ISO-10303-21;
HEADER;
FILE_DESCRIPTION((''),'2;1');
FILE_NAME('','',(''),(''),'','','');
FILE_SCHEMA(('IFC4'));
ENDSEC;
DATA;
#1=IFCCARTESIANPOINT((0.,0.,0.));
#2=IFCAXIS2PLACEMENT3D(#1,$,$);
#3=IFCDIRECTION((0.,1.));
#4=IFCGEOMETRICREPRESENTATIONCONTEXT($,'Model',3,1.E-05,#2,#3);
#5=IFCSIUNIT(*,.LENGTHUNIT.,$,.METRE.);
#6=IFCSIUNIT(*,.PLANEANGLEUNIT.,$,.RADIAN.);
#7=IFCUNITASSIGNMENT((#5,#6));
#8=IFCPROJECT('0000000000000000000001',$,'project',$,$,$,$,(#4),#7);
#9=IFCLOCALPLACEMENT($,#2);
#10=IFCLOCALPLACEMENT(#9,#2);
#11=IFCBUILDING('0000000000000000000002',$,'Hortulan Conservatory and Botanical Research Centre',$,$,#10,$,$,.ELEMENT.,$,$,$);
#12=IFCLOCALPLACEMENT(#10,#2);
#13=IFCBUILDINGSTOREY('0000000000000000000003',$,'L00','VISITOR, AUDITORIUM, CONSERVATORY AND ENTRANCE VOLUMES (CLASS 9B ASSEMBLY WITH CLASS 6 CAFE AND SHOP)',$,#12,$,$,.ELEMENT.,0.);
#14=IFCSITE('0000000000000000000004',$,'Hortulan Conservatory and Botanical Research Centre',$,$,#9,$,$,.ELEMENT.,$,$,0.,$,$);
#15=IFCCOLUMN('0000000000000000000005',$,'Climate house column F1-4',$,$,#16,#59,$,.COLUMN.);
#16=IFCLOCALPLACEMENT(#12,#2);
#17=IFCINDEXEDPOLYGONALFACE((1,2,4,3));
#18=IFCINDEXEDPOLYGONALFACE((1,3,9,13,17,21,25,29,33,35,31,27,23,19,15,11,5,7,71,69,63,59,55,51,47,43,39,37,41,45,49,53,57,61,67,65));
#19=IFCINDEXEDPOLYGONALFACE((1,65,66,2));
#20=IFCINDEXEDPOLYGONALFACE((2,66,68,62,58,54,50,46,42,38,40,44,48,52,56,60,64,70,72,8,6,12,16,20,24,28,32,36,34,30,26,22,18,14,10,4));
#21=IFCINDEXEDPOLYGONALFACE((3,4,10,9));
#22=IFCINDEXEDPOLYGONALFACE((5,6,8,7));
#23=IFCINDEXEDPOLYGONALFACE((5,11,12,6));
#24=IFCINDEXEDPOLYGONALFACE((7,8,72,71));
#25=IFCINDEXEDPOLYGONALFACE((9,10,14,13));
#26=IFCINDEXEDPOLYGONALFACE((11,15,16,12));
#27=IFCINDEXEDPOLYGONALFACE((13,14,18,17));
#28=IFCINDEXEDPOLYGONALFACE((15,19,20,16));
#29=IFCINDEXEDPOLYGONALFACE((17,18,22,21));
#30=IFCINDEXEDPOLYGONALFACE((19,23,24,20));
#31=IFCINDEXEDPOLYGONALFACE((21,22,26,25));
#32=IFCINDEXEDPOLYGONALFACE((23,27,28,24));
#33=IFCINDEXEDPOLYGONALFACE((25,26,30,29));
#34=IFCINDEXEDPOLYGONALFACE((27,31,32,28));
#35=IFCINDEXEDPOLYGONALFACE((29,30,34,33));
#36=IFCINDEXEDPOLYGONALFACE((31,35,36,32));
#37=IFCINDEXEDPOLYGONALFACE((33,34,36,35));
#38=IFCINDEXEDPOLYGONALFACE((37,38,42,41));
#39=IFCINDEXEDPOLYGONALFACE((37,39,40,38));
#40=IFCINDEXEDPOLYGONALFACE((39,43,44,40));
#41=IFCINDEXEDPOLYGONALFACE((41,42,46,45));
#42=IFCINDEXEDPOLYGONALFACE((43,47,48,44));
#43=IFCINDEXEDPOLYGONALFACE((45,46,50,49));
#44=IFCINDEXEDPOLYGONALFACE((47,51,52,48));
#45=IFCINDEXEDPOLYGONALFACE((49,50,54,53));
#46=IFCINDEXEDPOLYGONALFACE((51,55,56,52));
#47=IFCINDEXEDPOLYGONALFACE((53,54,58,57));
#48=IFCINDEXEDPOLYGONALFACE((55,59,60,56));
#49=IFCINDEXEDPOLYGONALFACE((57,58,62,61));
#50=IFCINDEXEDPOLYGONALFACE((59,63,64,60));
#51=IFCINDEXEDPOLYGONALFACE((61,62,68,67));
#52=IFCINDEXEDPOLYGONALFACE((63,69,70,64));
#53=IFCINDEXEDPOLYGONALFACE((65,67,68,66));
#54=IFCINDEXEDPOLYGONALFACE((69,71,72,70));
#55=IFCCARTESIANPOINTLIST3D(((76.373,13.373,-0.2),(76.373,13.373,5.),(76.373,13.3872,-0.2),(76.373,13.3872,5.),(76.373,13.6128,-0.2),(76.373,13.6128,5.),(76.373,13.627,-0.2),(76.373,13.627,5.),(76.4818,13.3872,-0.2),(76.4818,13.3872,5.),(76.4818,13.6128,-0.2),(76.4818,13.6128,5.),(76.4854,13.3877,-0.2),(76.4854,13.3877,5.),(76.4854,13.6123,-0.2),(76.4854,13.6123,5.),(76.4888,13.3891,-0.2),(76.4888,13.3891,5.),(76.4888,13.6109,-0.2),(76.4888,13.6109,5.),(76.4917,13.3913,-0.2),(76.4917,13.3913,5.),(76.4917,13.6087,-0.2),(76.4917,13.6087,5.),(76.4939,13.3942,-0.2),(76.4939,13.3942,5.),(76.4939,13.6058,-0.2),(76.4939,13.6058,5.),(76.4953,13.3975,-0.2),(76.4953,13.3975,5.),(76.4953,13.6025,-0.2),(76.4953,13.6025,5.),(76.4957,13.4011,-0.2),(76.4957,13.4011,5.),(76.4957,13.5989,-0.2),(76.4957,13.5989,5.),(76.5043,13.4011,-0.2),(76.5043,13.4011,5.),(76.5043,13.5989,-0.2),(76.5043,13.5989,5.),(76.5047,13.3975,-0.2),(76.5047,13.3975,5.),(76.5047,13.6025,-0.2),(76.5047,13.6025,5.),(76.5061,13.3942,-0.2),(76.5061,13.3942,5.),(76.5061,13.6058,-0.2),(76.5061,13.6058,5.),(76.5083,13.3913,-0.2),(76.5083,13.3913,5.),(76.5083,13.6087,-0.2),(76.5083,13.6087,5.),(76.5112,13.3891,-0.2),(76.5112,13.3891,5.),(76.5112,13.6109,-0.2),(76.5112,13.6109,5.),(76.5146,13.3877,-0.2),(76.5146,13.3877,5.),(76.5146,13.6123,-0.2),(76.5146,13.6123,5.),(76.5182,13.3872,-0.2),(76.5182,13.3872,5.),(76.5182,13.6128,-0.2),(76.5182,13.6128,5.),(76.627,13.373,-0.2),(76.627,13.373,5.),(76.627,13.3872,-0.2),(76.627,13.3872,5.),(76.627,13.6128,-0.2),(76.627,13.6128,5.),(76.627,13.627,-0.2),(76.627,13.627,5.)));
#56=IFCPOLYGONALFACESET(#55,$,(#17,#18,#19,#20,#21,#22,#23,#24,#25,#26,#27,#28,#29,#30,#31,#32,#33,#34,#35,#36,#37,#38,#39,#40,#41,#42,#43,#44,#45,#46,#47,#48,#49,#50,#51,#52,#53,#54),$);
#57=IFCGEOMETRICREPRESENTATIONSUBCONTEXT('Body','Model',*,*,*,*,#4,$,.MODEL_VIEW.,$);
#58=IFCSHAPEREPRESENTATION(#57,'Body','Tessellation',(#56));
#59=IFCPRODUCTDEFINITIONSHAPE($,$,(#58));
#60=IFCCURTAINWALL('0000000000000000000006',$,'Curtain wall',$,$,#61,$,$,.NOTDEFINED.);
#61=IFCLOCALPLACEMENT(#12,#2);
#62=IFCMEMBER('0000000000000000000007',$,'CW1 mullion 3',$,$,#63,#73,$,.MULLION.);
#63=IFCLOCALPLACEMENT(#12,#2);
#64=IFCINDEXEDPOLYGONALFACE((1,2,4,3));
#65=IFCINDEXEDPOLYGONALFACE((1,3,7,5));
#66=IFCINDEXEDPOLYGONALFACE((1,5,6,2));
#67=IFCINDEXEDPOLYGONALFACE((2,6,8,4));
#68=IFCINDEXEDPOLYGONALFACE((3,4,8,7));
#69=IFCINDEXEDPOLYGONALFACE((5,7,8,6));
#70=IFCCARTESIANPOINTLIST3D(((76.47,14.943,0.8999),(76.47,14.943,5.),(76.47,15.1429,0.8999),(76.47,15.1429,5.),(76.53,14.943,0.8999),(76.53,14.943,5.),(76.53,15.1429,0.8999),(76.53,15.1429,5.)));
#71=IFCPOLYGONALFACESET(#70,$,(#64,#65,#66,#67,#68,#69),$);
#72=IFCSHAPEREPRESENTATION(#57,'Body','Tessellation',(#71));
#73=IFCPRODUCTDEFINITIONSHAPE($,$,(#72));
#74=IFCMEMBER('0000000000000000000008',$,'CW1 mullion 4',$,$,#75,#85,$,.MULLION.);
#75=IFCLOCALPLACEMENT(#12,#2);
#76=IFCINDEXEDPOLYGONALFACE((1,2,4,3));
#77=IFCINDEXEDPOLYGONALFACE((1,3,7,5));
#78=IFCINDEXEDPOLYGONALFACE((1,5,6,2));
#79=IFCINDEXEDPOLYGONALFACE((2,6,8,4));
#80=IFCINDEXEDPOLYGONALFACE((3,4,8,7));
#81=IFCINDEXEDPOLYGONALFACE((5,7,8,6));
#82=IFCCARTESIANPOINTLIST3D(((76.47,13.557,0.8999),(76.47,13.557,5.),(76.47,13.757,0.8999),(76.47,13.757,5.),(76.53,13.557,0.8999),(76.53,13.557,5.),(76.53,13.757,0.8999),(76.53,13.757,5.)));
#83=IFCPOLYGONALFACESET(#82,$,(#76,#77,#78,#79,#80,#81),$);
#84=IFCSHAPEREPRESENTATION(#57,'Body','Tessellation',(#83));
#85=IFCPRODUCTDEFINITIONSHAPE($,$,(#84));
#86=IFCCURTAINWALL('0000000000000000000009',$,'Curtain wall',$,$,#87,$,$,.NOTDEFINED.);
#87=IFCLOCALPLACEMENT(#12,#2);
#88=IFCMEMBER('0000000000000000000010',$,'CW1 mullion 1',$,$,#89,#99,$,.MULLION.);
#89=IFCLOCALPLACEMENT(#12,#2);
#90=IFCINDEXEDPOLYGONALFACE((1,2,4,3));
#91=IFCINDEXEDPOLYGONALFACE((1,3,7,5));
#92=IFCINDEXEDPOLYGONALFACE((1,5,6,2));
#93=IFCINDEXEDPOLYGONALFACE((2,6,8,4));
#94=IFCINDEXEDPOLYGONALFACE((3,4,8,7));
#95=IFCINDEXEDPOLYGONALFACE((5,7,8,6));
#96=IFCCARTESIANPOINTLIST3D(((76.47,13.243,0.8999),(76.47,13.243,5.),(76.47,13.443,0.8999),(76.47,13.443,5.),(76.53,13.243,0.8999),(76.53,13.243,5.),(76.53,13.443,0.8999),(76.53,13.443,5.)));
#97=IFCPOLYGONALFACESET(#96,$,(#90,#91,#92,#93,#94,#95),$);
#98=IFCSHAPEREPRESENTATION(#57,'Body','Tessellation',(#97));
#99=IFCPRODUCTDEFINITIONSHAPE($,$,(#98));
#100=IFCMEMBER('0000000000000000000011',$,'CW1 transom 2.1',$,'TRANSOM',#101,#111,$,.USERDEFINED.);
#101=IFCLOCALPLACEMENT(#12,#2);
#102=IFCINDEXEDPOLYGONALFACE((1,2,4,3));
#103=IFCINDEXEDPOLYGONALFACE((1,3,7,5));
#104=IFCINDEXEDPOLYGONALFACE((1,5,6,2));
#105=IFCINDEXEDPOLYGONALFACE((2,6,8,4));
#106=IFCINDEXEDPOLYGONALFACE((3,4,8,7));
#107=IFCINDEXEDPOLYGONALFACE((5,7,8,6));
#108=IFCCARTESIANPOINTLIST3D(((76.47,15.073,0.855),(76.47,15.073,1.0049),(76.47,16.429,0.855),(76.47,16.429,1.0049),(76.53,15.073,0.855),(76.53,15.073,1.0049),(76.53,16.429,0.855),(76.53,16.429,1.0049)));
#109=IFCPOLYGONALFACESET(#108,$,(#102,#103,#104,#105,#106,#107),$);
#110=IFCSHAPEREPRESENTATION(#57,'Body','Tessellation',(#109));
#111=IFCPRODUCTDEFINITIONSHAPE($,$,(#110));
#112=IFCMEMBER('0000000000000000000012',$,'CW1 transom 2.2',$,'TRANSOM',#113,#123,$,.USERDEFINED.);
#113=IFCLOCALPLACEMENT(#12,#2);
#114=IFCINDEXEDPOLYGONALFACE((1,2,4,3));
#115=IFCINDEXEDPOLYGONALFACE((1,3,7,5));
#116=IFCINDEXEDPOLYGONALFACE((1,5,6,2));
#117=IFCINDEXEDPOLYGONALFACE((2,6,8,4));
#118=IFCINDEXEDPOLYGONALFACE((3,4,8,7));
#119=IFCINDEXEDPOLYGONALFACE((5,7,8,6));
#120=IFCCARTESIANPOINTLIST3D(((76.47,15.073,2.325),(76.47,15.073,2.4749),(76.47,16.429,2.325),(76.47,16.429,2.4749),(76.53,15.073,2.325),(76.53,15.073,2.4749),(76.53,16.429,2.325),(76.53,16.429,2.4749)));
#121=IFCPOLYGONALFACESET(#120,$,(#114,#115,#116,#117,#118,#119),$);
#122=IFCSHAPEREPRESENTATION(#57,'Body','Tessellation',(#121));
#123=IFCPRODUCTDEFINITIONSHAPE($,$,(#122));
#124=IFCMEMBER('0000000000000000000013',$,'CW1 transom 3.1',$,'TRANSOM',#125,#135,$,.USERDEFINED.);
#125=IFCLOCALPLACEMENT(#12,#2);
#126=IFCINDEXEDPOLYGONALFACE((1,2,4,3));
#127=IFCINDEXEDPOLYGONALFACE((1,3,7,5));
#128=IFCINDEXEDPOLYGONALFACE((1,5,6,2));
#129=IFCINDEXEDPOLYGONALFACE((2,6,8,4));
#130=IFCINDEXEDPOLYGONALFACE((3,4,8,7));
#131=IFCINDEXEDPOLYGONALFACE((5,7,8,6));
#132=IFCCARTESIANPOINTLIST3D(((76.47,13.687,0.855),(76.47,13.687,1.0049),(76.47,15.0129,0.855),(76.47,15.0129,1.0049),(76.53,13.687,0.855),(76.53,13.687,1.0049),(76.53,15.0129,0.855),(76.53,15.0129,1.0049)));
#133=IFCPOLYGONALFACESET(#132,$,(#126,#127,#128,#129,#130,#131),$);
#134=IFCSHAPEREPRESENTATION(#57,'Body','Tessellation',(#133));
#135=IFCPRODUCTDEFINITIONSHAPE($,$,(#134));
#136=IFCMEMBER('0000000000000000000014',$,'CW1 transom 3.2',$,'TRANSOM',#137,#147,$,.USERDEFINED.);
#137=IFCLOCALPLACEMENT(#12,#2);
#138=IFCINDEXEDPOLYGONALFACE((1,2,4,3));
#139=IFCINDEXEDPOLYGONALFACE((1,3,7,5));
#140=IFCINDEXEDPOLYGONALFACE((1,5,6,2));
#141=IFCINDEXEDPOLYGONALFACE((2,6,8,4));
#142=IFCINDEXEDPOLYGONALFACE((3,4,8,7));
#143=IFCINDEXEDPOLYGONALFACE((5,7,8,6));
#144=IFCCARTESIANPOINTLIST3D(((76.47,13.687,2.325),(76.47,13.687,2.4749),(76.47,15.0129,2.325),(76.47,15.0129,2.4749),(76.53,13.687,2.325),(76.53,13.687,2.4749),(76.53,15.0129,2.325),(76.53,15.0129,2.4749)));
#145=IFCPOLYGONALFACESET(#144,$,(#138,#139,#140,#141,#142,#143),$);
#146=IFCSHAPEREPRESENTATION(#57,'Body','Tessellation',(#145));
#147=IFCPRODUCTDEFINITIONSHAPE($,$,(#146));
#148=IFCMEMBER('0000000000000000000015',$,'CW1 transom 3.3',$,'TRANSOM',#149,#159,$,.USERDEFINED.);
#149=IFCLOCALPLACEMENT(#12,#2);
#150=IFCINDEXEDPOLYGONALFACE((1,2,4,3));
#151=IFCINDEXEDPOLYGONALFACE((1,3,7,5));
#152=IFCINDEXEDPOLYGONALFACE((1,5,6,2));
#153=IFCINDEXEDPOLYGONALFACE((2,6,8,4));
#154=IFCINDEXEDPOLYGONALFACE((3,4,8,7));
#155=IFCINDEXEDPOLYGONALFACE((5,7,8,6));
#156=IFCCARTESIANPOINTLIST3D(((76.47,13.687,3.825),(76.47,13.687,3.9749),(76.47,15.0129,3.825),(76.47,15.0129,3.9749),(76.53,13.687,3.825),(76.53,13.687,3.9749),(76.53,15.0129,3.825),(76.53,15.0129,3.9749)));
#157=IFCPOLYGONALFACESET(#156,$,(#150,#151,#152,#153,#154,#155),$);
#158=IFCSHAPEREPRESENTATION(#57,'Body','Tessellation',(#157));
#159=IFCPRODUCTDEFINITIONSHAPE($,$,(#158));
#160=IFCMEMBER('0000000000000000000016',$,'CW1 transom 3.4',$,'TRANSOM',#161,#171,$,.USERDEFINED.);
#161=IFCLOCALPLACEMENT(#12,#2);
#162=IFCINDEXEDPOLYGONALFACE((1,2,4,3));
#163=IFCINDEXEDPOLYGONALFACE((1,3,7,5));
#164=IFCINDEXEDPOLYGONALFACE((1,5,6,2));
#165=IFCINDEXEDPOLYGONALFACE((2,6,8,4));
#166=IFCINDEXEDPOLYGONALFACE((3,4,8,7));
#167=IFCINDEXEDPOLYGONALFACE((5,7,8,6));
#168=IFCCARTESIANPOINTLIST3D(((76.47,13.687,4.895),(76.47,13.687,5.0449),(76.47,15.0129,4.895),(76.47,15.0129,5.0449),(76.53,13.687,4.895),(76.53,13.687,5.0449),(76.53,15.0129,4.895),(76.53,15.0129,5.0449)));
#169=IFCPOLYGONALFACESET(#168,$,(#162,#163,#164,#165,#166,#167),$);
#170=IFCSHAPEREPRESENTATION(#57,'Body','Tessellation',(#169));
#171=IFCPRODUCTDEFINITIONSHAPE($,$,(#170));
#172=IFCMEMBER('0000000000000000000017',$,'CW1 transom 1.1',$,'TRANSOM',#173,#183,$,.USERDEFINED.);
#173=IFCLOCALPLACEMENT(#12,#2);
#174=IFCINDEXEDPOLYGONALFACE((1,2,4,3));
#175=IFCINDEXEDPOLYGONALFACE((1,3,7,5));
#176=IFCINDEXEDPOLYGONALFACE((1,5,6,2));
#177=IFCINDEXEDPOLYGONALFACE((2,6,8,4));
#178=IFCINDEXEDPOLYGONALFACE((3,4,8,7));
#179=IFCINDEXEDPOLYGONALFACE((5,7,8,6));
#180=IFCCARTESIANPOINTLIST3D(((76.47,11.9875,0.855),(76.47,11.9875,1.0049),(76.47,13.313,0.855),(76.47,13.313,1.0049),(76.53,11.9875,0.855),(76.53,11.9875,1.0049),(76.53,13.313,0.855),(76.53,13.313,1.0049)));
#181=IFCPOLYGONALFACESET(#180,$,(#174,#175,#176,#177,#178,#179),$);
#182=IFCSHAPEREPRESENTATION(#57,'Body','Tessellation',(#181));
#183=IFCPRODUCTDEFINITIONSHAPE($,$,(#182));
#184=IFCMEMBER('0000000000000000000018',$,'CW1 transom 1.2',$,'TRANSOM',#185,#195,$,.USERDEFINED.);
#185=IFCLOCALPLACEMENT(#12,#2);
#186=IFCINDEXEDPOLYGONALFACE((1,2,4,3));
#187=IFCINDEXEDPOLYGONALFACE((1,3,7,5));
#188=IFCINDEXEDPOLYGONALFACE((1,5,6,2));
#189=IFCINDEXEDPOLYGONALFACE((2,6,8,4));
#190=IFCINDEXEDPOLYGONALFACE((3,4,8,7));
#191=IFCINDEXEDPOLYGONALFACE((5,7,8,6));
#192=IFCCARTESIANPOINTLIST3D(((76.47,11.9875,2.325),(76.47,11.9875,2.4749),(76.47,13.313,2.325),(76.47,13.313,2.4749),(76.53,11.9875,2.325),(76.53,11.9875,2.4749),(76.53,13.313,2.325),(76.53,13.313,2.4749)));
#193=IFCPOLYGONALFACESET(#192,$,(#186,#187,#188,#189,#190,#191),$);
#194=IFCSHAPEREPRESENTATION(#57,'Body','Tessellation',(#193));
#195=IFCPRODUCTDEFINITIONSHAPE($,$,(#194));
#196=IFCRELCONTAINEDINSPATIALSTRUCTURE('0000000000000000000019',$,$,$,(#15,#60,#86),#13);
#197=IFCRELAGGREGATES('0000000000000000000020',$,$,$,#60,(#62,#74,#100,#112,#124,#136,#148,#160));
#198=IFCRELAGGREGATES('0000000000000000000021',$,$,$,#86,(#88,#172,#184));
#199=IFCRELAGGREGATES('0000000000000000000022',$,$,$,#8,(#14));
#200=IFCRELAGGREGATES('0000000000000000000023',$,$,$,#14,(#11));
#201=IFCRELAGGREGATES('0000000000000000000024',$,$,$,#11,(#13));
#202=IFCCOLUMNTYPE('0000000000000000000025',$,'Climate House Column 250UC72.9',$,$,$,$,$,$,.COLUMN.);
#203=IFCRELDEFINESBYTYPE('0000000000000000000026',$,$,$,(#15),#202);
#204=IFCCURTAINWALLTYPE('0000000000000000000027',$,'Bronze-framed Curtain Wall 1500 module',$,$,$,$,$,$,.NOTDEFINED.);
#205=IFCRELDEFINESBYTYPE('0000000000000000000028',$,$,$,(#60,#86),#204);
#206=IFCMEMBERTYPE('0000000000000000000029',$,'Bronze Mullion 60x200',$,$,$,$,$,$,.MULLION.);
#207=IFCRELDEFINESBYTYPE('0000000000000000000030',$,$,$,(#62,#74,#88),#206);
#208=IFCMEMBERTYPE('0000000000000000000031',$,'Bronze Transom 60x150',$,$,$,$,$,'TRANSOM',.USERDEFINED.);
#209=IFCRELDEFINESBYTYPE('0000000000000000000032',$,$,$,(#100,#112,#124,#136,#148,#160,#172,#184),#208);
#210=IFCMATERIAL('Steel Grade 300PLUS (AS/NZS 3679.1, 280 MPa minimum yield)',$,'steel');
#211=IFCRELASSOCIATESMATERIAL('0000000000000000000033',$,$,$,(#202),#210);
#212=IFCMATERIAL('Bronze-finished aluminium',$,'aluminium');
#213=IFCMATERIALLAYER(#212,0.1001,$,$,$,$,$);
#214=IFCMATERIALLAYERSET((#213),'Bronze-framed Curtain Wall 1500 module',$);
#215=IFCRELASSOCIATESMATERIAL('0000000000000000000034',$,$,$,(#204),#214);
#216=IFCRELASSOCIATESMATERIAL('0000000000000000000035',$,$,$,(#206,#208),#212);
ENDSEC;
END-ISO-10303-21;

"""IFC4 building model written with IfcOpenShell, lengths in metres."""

from ifc_helpers import new_model, si_unit, direction, frame, origin, origin_2d, place, context, subcontext, project, spatial, rectangle, i_section, extrude, material, layer, layer_set, material_profile, profile_set, type_object, element, aggregate, save


model = new_model("IFC4")

# Units and contexts
model_context = context("Model", 3, precision=1e-05, world=origin(), true_north=direction((0.0, 1.0)))
body_context = subcontext(model_context, "Body", "Model", "MODEL_VIEW")
ifc_project = project(units=[si_unit("LENGTHUNIT", "METRE"), si_unit("PLANEANGLEUNIT", "RADIAN")], contexts=[model_context])

# Site, building, storey
site_placement = place(None, origin())
site = spatial("IfcSite", under=ifc_project, at=site_placement, Name="Hortulan Conservatory and Botanical Research Centre", CompositionType="ELEMENT", RefElevation=0.0)
building_placement = place(site_placement, origin())
building = spatial("IfcBuilding", under=site, at=building_placement, Name="Hortulan Conservatory and Botanical Research Centre", CompositionType="ELEMENT")
storey_placement = place(building_placement, origin())
storey = spatial("IfcBuildingStorey", under=building, at=storey_placement, Name="L00", Description="VISITOR, AUDITORIUM, CONSERVATORY AND ENTRANCE VOLUMES (CLASS 9B ASSEMBLY WITH CLASS 6 CAFE AND SHOP)", CompositionType="ELEMENT", Elevation=0.0)

# Column
ifc_material_1 = material(Name="Steel Grade 300PLUS (AS/NZS 3679.1, 280 MPa minimum yield)", Category="steel")
ifc_material_profile_1 = material_profile(ifc_material_1, i_section(OverallWidth=0.2539, OverallDepth=0.2539, WebThickness=0.0085, FlangeThickness=0.0142, FilletRadius=0.0139, at=origin_2d()), Name="250UC72.9")
ifc_profile_set_1 = profile_set([ifc_material_profile_1], Name="Steel Grade 300PLUS (AS/NZS 3679.1, 280 MPa minimum yield)")
column_type = type_object("IfcColumnType", Name="Climate House Column 250UC72.9", PredefinedType="COLUMN", material=ifc_profile_set_1)
column_placement = place(storey_placement, frame((76.5, 13.5, -0.2), z_axis=(0.0, 0.0, 1.0), x_axis=(1.0, 0.0, 0.0)))
element("IfcColumn", 1, at=column_placement, inside=storey, type_object=column_type, Name="Climate house column F1-4", PredefinedType="COLUMN", context=body_context, shape_type="SweptSolid", body=[
    extrude(i_section(OverallWidth=0.2539, OverallDepth=0.2539, WebThickness=0.0085, FlangeThickness=0.0142, FilletRadius=0.0139, at=origin_2d()), origin(), (0.0, 0.0, 1.0), 5.2),
])

# Curtain wall, members
ifc_material_2 = material(Name="Bronze-finished aluminium", Category="aluminium")
ifc_layer_1 = layer(ifc_material_2, 0.1001)
ifc_layer_set_1 = layer_set([ifc_layer_1], Name="Bronze-framed Curtain Wall 1500 module")
curtain_wall_type = type_object("IfcCurtainWallType", Name="Bronze-framed Curtain Wall 1500 module", PredefinedType="NOTDEFINED", material=ifc_layer_set_1)
curtain_wall_1_placement = place(storey_placement, origin())
curtain_wall_1 = element("IfcCurtainWall", 2, at=curtain_wall_1_placement, inside=storey, type_object=curtain_wall_type, Name="Curtain wall", PredefinedType="NOTDEFINED")
ifc_material_profile_2 = material_profile(ifc_material_2, rectangle(XDim=0.0601, YDim=0.2, at=origin_2d()), Name="Bronze Mullion 60x200")
ifc_profile_set_2 = profile_set([ifc_material_profile_2], Name="Bronze-finished aluminium")
member_type_1 = type_object("IfcMemberType", Name="Bronze Mullion 60x200", PredefinedType="MULLION", material=ifc_profile_set_2)
member_1_placement = place(storey_placement, frame((76.5, 15.043, 0.8999), z_axis=(0.0, 0.0, 1.0), x_axis=(1.0, 0.0, 0.0)))
member_1 = element("IfcMember", 3, at=member_1_placement, type_object=member_type_1, Name="CW1 mullion 3", PredefinedType="MULLION", context=body_context, shape_type="SweptSolid", body=[
    extrude(rectangle(XDim=0.0601, YDim=0.2, at=origin_2d()), origin(), (0.0, 0.0, 1.0), 4.1001),
])
member_2_placement = place(storey_placement, frame((76.5, 13.657, 0.8999), z_axis=(0.0, 0.0, 1.0), x_axis=(1.0, 0.0, 0.0)))
member_2 = element("IfcMember", 4, at=member_2_placement, type_object=member_type_1, Name="CW1 mullion 4", PredefinedType="MULLION", context=body_context, shape_type="SweptSolid", body=[
    extrude(rectangle(XDim=0.0601, YDim=0.2, at=origin_2d()), origin(), (0.0, 0.0, 1.0), 4.1001),
])

# Curtain wall, member
curtain_wall_2_placement = place(storey_placement, origin())
curtain_wall_2 = element("IfcCurtainWall", 5, at=curtain_wall_2_placement, inside=storey, type_object=curtain_wall_type, Name="Curtain wall", PredefinedType="NOTDEFINED")
member_3_placement = place(storey_placement, frame((76.5, 13.343, 0.8999), z_axis=(0.0, 0.0, 1.0), x_axis=(1.0, 0.0, 0.0)))
member_3 = element("IfcMember", 6, at=member_3_placement, type_object=member_type_1, Name="CW1 mullion 1", PredefinedType="MULLION", context=body_context, shape_type="SweptSolid", body=[
    extrude(rectangle(XDim=0.0601, YDim=0.2, at=origin_2d()), origin(), (0.0, 0.0, 1.0), 4.1001),
])

# Members
ifc_material_profile_3 = material_profile(ifc_material_2, rectangle(XDim=0.0601, YDim=0.1499, at=origin_2d()), Name="Bronze Transom 60x150")
ifc_profile_set_3 = profile_set([ifc_material_profile_3], Name="Bronze-finished aluminium")
member_type_2 = type_object("IfcMemberType", Name="Bronze Transom 60x150", ElementType="TRANSOM", PredefinedType="USERDEFINED", material=ifc_profile_set_3)
member_4_placement = place(storey_placement, frame((76.5, 16.429, 0.9299), z_axis=(0.0, -1.0, 0.0), x_axis=(1.0, 0.0, 0.0)))
member_4 = element("IfcMember", 7, at=member_4_placement, type_object=member_type_2, Name="CW1 transom 2.1", ObjectType="TRANSOM", PredefinedType="USERDEFINED", context=body_context, shape_type="SweptSolid", body=[
    extrude(rectangle(XDim=0.0601, YDim=0.1499, at=origin_2d()), origin(), (0.0, 0.0, 1.0), 1.356),
])
member_5_placement = place(storey_placement, frame((76.5, 16.429, 2.3999), z_axis=(0.0, -1.0, 0.0), x_axis=(1.0, 0.0, 0.0)))
member_5 = element("IfcMember", 8, at=member_5_placement, type_object=member_type_2, Name="CW1 transom 2.2", ObjectType="TRANSOM", PredefinedType="USERDEFINED", context=body_context, shape_type="SweptSolid", body=[
    extrude(rectangle(XDim=0.0601, YDim=0.1499, at=origin_2d()), origin(), (0.0, 0.0, 1.0), 1.356),
])
member_6_placement = place(storey_placement, frame((76.5, 15.0129, 0.9299), z_axis=(0.0, -1.0, 0.0), x_axis=(1.0, 0.0, 0.0)))
member_6 = element("IfcMember", 9, at=member_6_placement, type_object=member_type_2, Name="CW1 transom 3.1", ObjectType="TRANSOM", PredefinedType="USERDEFINED", context=body_context, shape_type="SweptSolid", body=[
    extrude(rectangle(XDim=0.0601, YDim=0.1499, at=origin_2d()), origin(), (0.0, 0.0, 1.0), 1.3259),
])
member_7_placement = place(storey_placement, frame((76.5, 15.0129, 2.3999), z_axis=(0.0, -1.0, 0.0), x_axis=(1.0, 0.0, 0.0)))
member_7 = element("IfcMember", 10, at=member_7_placement, type_object=member_type_2, Name="CW1 transom 3.2", ObjectType="TRANSOM", PredefinedType="USERDEFINED", context=body_context, shape_type="SweptSolid", body=[
    extrude(rectangle(XDim=0.0601, YDim=0.1499, at=origin_2d()), origin(), (0.0, 0.0, 1.0), 1.3259),
])
member_8_placement = place(storey_placement, frame((76.5, 15.0129, 3.8999), z_axis=(0.0, -1.0, 0.0), x_axis=(1.0, 0.0, 0.0)))
member_8 = element("IfcMember", 11, at=member_8_placement, type_object=member_type_2, Name="CW1 transom 3.3", ObjectType="TRANSOM", PredefinedType="USERDEFINED", context=body_context, shape_type="SweptSolid", body=[
    extrude(rectangle(XDim=0.0601, YDim=0.1499, at=origin_2d()), origin(), (0.0, 0.0, 1.0), 1.3259),
])
member_9_placement = place(storey_placement, frame((76.5, 15.0129, 4.97), z_axis=(0.0, -1.0, 0.0), x_axis=(1.0, 0.0, 0.0)))
member_9 = element("IfcMember", 12, at=member_9_placement, type_object=member_type_2, Name="CW1 transom 3.4", ObjectType="TRANSOM", PredefinedType="USERDEFINED", context=body_context, shape_type="SweptSolid", body=[
    extrude(rectangle(XDim=0.0601, YDim=0.1499, at=origin_2d()), origin(), (0.0, 0.0, 1.0), 1.3259),
])
member_10_placement = place(storey_placement, frame((76.5, 13.313, 0.9299), z_axis=(0.0, -1.0, 0.0), x_axis=(1.0, 0.0, 0.0)))
member_10 = element("IfcMember", 13, at=member_10_placement, type_object=member_type_2, Name="CW1 transom 1.1", ObjectType="TRANSOM", PredefinedType="USERDEFINED", context=body_context, shape_type="SweptSolid", body=[
    extrude(rectangle(XDim=0.0601, YDim=0.1499, at=origin_2d()), origin(), (0.0, 0.0, 1.0), 1.3254),
])
member_11_placement = place(storey_placement, frame((76.5, 13.313, 2.3999), z_axis=(0.0, -1.0, 0.0), x_axis=(1.0, 0.0, 0.0)))
member_11 = element("IfcMember", 14, at=member_11_placement, type_object=member_type_2, Name="CW1 transom 1.2", ObjectType="TRANSOM", PredefinedType="USERDEFINED", context=body_context, shape_type="SweptSolid", body=[
    extrude(rectangle(XDim=0.0601, YDim=0.1499, at=origin_2d()), origin(), (0.0, 0.0, 1.0), 1.3254),
])

aggregate(curtain_wall_1, [member_1, member_2, member_4, member_5, member_6, member_7, member_8, member_9])
aggregate(curtain_wall_2, [member_3, member_10, member_11])

save(model, "model.ifc")
